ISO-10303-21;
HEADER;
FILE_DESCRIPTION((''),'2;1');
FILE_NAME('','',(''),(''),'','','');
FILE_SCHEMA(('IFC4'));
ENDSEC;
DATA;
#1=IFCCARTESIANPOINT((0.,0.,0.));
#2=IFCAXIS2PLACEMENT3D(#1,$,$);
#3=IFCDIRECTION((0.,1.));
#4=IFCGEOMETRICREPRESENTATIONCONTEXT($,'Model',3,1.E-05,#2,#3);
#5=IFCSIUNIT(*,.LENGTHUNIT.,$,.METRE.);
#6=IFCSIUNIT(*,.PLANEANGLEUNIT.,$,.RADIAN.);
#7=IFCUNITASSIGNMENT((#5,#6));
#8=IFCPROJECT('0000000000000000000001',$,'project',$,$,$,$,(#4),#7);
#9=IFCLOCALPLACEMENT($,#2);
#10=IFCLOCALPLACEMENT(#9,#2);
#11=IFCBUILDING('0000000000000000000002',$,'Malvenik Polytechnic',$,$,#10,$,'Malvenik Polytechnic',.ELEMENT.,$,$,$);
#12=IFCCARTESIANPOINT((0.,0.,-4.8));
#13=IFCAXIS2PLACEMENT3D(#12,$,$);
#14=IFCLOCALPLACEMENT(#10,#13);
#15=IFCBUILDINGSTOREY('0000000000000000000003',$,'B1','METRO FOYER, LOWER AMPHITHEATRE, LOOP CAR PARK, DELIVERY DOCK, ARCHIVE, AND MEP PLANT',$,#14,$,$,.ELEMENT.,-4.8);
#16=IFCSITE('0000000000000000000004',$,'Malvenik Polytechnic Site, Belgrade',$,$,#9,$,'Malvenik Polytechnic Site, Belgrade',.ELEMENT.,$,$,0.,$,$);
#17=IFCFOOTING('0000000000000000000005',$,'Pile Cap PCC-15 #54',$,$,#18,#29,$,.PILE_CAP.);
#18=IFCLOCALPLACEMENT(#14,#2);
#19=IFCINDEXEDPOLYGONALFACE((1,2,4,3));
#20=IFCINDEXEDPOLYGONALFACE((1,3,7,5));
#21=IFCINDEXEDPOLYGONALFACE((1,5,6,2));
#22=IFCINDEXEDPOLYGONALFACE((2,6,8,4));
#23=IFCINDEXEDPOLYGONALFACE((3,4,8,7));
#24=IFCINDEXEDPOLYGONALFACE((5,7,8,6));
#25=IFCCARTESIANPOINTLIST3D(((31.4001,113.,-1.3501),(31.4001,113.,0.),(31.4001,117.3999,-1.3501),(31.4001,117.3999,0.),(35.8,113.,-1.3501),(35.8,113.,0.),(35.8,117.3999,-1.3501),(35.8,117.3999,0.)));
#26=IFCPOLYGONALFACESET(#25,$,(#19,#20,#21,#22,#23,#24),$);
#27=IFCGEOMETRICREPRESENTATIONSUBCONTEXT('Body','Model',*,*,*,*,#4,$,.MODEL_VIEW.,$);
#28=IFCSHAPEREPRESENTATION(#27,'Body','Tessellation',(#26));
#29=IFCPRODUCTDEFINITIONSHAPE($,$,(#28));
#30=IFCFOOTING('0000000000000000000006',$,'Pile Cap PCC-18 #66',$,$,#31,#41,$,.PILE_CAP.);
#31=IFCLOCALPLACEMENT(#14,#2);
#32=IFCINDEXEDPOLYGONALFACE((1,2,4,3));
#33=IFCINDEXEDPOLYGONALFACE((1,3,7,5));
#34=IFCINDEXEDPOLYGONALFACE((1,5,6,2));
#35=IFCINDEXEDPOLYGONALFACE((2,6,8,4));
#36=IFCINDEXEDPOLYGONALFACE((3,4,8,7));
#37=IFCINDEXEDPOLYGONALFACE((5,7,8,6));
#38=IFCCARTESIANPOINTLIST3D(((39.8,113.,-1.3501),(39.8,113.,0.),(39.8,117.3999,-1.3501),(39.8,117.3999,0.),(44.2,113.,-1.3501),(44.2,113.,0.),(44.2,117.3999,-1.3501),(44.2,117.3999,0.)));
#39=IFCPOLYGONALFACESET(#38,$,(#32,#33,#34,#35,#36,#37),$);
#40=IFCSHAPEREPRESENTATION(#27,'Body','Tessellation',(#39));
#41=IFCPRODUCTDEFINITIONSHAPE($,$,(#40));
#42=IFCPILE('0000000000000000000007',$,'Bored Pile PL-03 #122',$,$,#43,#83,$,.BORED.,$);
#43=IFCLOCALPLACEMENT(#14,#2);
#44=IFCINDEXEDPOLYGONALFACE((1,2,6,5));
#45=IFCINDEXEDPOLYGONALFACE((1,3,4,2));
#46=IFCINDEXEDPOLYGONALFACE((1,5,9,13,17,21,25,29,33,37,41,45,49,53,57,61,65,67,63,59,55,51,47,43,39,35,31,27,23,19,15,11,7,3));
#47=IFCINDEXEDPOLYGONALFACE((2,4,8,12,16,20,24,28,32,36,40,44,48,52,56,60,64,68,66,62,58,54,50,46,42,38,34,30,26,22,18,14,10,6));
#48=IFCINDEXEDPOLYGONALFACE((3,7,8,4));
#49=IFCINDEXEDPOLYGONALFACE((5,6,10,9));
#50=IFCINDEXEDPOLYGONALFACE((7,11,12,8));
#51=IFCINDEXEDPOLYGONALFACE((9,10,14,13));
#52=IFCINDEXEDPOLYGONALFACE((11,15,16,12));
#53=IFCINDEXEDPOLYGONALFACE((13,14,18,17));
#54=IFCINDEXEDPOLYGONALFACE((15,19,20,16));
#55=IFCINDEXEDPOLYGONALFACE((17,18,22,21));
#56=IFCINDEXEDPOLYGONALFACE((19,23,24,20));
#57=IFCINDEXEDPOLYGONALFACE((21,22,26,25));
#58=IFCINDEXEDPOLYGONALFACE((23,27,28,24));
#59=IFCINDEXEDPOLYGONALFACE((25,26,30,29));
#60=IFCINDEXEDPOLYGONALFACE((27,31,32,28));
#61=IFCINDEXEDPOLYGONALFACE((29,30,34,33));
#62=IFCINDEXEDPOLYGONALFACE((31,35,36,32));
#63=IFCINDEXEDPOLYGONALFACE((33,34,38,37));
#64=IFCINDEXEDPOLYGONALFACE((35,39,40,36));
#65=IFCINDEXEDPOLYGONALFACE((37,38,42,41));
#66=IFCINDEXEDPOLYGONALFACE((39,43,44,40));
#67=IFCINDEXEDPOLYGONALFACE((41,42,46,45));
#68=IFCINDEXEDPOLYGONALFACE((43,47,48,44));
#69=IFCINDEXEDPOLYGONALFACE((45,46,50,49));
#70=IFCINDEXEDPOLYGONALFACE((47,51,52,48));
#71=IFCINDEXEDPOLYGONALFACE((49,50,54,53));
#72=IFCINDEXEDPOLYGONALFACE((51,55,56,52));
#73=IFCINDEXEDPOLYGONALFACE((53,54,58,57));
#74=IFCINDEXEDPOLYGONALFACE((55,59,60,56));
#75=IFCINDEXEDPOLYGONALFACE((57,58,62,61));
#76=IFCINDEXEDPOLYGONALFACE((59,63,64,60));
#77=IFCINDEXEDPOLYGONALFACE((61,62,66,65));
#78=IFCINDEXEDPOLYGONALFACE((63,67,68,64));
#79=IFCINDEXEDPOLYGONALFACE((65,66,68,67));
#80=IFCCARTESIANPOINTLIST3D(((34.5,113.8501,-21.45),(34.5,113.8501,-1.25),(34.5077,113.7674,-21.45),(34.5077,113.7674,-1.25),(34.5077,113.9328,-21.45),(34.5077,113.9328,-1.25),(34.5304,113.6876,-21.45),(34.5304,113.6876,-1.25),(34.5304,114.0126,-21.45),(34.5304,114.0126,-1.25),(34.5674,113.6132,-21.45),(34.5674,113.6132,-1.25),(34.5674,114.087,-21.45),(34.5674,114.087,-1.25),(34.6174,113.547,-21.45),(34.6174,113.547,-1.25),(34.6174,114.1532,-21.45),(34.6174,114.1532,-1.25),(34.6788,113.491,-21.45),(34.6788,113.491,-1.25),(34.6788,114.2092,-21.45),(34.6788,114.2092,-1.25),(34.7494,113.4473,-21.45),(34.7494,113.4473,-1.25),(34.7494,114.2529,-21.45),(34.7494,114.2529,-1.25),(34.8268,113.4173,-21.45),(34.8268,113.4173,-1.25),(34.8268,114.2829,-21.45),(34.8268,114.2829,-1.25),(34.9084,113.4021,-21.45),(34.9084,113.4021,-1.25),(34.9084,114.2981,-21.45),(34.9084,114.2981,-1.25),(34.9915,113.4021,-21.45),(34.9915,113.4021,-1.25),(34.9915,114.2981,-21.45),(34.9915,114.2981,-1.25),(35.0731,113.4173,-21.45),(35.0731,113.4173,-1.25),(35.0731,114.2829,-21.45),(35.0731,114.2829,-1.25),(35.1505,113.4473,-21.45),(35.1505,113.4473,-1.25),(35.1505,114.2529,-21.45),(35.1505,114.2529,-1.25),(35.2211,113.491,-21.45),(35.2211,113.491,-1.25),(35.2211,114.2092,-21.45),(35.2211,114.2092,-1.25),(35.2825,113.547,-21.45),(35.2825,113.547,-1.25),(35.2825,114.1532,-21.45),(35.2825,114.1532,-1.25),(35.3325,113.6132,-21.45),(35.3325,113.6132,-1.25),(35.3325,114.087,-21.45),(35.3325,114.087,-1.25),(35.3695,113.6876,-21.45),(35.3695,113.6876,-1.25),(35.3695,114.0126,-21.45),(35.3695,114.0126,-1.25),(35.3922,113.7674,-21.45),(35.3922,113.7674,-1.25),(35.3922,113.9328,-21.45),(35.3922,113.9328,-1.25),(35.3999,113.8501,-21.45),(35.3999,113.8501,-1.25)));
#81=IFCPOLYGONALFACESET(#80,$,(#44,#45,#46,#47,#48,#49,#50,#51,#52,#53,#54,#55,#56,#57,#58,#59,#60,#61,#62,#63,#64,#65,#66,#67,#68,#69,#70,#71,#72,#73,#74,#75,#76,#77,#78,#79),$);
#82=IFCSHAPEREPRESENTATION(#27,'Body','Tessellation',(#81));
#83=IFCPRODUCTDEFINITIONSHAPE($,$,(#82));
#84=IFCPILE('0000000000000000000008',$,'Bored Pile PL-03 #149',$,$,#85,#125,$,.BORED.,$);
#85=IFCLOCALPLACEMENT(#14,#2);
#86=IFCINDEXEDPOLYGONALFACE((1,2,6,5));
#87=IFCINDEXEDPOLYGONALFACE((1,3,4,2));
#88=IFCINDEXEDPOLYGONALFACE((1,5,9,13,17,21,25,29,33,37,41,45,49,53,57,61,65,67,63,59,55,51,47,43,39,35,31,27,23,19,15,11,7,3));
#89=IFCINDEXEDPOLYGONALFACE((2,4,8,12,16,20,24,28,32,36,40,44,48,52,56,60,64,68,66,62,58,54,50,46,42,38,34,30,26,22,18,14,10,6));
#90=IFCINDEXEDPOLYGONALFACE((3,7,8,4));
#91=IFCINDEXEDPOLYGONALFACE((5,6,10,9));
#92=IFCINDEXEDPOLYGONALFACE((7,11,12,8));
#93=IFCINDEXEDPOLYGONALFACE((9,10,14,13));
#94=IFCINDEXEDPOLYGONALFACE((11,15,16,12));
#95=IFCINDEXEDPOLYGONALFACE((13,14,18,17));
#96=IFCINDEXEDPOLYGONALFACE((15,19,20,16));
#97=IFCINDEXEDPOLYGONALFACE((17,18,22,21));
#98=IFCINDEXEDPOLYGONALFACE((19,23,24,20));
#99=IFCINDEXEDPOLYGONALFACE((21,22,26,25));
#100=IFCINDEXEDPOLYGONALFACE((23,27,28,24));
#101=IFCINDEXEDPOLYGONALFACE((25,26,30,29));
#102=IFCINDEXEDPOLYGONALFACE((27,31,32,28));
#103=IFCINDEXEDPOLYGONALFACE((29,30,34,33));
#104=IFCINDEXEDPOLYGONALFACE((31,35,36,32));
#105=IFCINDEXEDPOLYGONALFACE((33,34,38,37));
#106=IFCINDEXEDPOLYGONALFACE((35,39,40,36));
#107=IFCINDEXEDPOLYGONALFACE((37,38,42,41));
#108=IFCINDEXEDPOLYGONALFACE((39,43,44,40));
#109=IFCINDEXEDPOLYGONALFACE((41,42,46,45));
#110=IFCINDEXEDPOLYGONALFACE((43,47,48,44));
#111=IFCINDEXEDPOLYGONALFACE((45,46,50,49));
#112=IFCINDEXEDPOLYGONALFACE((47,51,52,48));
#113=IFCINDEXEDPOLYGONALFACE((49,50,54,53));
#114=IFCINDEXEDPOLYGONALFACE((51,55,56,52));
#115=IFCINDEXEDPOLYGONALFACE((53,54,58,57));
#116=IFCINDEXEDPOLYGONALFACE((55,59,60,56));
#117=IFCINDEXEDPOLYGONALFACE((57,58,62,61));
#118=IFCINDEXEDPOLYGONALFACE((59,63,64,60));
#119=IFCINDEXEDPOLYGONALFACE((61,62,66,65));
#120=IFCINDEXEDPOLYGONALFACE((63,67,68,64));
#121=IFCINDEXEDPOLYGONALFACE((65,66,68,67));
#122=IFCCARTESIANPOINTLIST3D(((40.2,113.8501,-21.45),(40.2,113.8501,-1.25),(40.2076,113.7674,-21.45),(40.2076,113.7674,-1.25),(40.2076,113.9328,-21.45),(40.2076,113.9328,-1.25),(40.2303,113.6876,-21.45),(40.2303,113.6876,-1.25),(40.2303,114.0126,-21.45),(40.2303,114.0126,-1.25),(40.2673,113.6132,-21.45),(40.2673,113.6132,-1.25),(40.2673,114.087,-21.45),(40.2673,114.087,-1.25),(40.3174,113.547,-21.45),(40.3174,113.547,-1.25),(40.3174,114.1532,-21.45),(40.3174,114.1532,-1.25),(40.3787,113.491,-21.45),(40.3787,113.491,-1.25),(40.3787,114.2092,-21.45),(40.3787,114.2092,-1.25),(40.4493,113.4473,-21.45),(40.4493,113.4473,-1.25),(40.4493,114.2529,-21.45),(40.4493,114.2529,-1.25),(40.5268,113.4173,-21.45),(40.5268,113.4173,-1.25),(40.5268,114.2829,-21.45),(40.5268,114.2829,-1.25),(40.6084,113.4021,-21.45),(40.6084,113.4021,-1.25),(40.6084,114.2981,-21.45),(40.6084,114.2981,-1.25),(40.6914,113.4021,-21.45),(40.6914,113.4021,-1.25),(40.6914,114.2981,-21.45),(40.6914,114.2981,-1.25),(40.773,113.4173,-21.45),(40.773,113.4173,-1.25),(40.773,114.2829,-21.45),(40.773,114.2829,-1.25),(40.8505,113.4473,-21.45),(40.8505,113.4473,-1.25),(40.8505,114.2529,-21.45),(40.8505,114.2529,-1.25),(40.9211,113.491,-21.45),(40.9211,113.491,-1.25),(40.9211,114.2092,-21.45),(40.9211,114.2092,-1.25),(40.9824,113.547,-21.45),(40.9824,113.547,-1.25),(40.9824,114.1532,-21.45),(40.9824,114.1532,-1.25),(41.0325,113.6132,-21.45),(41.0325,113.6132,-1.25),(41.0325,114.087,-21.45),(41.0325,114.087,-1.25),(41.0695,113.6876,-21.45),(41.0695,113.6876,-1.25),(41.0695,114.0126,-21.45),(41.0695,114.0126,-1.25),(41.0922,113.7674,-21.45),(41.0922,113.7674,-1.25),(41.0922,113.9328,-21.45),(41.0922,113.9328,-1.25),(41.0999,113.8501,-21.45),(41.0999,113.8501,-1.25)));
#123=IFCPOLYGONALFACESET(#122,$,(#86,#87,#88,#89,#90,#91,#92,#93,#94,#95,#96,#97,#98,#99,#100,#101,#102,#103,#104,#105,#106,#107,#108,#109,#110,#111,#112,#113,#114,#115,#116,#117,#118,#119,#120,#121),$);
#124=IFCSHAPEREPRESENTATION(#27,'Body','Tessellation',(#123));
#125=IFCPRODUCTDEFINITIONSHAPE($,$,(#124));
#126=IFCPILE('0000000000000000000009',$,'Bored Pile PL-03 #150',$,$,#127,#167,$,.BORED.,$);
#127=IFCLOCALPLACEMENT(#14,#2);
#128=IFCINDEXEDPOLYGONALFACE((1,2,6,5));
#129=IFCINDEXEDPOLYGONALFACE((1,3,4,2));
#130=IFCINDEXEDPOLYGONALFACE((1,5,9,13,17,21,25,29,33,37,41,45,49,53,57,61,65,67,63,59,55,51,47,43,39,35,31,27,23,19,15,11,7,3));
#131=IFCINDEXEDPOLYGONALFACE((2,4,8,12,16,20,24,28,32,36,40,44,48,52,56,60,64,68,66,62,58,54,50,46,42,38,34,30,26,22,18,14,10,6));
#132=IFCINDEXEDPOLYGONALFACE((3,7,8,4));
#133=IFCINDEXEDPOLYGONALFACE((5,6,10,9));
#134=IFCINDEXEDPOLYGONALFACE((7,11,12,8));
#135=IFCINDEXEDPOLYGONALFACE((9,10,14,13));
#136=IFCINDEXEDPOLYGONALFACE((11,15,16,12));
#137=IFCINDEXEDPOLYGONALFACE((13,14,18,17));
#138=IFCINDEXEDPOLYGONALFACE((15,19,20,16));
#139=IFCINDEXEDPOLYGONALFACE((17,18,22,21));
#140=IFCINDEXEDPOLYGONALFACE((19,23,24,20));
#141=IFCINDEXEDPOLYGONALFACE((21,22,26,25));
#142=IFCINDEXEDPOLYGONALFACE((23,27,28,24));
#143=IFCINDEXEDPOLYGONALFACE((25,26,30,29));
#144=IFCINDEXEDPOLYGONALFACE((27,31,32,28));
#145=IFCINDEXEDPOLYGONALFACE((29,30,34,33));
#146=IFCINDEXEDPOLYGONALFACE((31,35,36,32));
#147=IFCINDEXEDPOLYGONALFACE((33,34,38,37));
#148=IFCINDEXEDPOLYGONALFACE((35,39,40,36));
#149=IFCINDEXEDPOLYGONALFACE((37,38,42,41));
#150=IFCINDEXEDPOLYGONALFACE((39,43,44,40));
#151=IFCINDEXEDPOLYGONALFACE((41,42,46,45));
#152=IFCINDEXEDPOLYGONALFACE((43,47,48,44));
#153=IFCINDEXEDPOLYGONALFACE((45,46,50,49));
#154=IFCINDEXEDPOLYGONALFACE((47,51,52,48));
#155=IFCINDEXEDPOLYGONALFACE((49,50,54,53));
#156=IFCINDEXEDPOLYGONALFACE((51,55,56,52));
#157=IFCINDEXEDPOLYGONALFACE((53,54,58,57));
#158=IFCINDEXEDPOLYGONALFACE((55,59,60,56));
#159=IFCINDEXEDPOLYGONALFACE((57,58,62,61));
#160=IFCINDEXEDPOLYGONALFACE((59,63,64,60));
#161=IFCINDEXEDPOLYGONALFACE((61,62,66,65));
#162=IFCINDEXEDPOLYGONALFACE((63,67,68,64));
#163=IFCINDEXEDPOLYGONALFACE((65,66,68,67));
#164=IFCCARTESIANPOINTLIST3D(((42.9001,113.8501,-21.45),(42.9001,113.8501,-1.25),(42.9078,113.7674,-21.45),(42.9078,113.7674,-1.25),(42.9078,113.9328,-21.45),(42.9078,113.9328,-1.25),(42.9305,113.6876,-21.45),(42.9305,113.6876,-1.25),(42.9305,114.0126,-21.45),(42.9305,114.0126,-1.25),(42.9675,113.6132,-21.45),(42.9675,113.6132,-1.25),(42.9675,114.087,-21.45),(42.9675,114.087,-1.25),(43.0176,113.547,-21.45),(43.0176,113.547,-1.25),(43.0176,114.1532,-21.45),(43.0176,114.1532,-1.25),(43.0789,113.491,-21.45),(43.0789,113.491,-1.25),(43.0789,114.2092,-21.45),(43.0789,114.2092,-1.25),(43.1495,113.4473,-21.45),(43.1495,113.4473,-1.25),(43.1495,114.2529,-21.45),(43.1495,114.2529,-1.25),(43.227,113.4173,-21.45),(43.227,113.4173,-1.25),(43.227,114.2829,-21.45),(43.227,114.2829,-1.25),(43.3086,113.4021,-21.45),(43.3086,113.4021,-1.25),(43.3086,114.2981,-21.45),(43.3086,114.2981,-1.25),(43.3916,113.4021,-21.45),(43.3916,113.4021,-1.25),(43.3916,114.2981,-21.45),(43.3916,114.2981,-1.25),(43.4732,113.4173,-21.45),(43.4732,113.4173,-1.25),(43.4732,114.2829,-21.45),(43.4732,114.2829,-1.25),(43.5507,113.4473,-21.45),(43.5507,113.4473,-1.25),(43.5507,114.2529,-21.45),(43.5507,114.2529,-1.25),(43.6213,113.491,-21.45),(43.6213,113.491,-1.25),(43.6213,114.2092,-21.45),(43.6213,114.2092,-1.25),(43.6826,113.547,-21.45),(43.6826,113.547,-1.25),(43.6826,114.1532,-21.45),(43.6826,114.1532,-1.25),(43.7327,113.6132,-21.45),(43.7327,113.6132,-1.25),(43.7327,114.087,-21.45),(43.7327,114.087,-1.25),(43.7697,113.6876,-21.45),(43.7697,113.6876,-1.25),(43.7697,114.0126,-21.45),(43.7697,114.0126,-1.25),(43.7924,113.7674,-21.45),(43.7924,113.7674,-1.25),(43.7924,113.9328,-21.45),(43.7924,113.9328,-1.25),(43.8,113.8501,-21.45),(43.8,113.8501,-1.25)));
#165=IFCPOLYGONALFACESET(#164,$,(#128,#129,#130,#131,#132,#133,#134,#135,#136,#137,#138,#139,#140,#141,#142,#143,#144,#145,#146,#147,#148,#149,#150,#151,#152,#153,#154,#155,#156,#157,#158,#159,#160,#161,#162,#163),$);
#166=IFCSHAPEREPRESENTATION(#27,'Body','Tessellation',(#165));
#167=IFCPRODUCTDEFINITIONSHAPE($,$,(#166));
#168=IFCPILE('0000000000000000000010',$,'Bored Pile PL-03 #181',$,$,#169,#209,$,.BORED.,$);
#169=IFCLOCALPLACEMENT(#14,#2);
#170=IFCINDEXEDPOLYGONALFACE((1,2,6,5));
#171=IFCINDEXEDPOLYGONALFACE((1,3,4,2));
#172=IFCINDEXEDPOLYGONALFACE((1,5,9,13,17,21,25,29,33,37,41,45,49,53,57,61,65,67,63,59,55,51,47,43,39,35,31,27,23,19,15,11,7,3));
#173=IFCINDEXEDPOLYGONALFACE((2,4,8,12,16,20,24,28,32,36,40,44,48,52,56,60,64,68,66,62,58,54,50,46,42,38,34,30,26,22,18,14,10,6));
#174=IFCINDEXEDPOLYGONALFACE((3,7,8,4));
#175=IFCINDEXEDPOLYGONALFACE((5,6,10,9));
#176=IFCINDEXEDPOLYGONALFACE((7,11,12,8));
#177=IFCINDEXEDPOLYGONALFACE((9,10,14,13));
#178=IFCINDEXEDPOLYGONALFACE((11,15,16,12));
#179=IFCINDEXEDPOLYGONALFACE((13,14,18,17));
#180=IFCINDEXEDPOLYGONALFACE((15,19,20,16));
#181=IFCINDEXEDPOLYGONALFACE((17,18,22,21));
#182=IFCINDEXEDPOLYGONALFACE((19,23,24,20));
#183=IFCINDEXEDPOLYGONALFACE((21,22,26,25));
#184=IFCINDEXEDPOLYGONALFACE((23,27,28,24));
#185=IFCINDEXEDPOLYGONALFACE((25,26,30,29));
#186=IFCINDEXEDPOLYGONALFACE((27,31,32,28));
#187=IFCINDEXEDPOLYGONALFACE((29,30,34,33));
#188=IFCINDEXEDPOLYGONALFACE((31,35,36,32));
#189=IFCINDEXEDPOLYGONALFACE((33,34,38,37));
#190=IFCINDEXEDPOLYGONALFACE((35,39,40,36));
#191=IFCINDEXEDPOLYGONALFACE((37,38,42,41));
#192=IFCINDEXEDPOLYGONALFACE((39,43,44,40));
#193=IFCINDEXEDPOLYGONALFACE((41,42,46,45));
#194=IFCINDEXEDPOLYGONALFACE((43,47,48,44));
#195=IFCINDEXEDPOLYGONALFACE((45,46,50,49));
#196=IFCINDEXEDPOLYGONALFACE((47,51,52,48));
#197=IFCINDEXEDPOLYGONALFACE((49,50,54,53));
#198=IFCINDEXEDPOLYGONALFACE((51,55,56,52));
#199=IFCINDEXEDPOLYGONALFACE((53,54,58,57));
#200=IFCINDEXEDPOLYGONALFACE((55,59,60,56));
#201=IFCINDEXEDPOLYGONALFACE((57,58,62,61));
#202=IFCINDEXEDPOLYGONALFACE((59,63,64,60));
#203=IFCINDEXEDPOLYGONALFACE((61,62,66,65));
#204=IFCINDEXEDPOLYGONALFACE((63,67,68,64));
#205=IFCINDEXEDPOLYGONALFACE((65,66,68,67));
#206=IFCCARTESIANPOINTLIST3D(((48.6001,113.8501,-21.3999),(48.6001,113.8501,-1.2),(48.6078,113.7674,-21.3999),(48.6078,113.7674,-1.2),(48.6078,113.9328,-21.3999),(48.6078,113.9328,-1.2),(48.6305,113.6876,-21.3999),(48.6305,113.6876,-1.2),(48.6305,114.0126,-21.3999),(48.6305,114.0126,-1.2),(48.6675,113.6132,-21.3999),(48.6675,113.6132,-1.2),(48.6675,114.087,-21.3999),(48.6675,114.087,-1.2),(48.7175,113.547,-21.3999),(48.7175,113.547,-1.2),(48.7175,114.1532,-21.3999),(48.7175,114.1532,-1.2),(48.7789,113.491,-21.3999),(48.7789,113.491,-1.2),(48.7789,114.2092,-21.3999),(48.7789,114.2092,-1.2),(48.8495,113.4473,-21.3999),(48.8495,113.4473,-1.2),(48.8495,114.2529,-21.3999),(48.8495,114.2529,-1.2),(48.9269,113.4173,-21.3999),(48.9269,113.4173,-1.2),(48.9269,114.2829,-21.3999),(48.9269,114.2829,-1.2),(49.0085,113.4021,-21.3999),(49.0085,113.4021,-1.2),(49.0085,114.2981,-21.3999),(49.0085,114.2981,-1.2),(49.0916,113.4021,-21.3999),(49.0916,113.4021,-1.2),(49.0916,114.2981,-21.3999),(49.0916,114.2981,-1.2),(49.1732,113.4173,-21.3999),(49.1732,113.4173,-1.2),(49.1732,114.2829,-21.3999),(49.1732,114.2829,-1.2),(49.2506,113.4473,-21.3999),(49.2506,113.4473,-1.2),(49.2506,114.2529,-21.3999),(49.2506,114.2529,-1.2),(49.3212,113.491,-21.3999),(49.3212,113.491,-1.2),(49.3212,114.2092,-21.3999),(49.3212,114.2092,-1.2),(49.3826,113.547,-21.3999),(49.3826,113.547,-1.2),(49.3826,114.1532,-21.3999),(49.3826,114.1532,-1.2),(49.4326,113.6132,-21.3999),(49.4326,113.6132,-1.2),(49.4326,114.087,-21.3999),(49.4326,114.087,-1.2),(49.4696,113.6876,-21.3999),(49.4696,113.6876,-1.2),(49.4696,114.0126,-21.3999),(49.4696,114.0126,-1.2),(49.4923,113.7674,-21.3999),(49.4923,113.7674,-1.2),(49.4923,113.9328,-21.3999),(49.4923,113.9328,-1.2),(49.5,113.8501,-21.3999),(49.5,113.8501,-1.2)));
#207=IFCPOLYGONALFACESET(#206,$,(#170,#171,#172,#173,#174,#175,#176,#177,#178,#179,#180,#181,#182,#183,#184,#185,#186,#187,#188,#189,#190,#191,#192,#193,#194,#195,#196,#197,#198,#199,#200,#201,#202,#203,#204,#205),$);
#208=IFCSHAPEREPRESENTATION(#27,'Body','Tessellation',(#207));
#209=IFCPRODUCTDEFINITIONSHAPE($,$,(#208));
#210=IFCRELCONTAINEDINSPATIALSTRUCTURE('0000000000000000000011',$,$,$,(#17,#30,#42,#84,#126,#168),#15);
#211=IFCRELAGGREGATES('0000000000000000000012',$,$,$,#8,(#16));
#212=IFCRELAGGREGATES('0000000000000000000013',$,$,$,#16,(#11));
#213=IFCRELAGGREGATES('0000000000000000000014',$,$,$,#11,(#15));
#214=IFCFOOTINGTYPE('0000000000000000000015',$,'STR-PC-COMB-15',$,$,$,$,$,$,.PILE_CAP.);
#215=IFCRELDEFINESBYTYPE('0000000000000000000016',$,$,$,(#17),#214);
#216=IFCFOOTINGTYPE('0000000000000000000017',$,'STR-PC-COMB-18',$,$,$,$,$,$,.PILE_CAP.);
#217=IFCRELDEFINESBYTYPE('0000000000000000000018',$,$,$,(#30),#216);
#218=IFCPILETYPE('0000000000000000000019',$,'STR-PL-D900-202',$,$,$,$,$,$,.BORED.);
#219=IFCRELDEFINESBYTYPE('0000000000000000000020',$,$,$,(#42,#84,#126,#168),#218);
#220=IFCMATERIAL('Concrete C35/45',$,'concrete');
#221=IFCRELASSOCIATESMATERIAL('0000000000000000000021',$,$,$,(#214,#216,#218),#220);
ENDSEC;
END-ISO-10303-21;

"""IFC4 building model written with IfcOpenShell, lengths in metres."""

from ifc_helpers import new_model, si_unit, direction, frame, origin, origin_2d, place, context, subcontext, project, spatial, rectangle, circle, extrude, material, material_profile, profile_set, type_object, element, save


model = new_model("IFC4")

# Units and contexts
model_context = context("Model", 3, precision=1e-05, world=origin(), true_north=direction((0.0, 1.0)))
body_context = subcontext(model_context, "Body", "Model", "MODEL_VIEW")
ifc_project = project(units=[si_unit("LENGTHUNIT", "METRE"), si_unit("PLANEANGLEUNIT", "RADIAN")], contexts=[model_context])

# Site, building, storey
site_placement = place(None, origin())
site = spatial("IfcSite", under=ifc_project, at=site_placement, Name="Malvenik Polytechnic Site, Belgrade", LongName="Malvenik Polytechnic Site, Belgrade", CompositionType="ELEMENT", RefElevation=0.0)
building_placement = place(site_placement, origin())
building = spatial("IfcBuilding", under=site, at=building_placement, Name="Malvenik Polytechnic", LongName="Malvenik Polytechnic", CompositionType="ELEMENT")
storey_placement = place(building_placement, frame((0.0, 0.0, -4.8)))
storey = spatial("IfcBuildingStorey", under=building, at=storey_placement, Name="B1", Description="METRO FOYER, LOWER AMPHITHEATRE, LOOP CAR PARK, DELIVERY DOCK, ARCHIVE, AND MEP PLANT", CompositionType="ELEMENT", Elevation=-4.8)

# Footings
ifc_material_1 = material(Name="Concrete C35/45", Category="concrete")
footing_type_1 = type_object("IfcFootingType", Name="STR-PC-COMB-15", PredefinedType="PILE_CAP", material=ifc_material_1)
footing_1_placement = place(storey_placement, frame((33.6001, 115.2, -1.3501), z_axis=(0.0, 0.0, 1.0), x_axis=(1.0, 0.0, 0.0)))
element("IfcFooting", 1, at=footing_1_placement, inside=storey, type_object=footing_type_1, Name="Pile Cap PCC-15 #54", PredefinedType="PILE_CAP", context=body_context, shape_type="SweptSolid", body=[
    extrude(rectangle(XDim=4.3999, YDim=4.3999, at=origin_2d()), origin(), (0.0, 0.0, 1.0), 1.3501),
])
footing_type_2 = type_object("IfcFootingType", Name="STR-PC-COMB-18", PredefinedType="PILE_CAP", material=ifc_material_1)
footing_2_placement = place(storey_placement, frame((42.0, 115.2, -1.3501), z_axis=(0.0, 0.0, 1.0), x_axis=(1.0, 0.0, 0.0)))
element("IfcFooting", 2, at=footing_2_placement, inside=storey, type_object=footing_type_2, Name="Pile Cap PCC-18 #66", PredefinedType="PILE_CAP", context=body_context, shape_type="SweptSolid", body=[
    extrude(rectangle(XDim=4.3999, YDim=4.3999, at=origin_2d()), origin(), (0.0, 0.0, 1.0), 1.3501),
])

# Piles
ifc_material_profile_1 = material_profile(ifc_material_1, circle(Radius=0.45, at=origin_2d()), Name="BORED PILE D900")
ifc_profile_set_1 = profile_set([ifc_material_profile_1], Name="Concrete C35/45")
pile_type = type_object("IfcPileType", Name="STR-PL-D900-202", PredefinedType="BORED", material=ifc_profile_set_1)
for number, where, z_axis, x_axis, name in (
    (3, (34.95, 113.8501, -1.25), (0.0, 0.0, -1.0), (1.0, 0.0, 0.0), "Bored Pile PL-03 #122"),
    (4, (40.6499, 113.8501, -1.25), (0.0, 0.0, -1.0), (1.0, 0.0, 0.0), "Bored Pile PL-03 #149"),
    (5, (43.3501, 113.8501, -1.25), (0.0, 0.0, -1.0), (1.0, 0.0, 0.0), "Bored Pile PL-03 #150"),
    (6, (49.05, 113.8501, -1.2), (0.0, 0.0, -1.0), (1.0, 0.0, 0.0), "Bored Pile PL-03 #181"),
):
    element("IfcPile", number, at=place(storey_placement, frame(where, z_axis=z_axis, x_axis=x_axis)), inside=storey, type_object=pile_type, Name=name, PredefinedType="BORED", context=body_context, shape_type="SweptSolid", body=[
        extrude(circle(Radius=0.45, at=origin_2d()), origin(), (0.0, 0.0, 1.0), 20.2),
    ])

save(model, "model.ifc")
